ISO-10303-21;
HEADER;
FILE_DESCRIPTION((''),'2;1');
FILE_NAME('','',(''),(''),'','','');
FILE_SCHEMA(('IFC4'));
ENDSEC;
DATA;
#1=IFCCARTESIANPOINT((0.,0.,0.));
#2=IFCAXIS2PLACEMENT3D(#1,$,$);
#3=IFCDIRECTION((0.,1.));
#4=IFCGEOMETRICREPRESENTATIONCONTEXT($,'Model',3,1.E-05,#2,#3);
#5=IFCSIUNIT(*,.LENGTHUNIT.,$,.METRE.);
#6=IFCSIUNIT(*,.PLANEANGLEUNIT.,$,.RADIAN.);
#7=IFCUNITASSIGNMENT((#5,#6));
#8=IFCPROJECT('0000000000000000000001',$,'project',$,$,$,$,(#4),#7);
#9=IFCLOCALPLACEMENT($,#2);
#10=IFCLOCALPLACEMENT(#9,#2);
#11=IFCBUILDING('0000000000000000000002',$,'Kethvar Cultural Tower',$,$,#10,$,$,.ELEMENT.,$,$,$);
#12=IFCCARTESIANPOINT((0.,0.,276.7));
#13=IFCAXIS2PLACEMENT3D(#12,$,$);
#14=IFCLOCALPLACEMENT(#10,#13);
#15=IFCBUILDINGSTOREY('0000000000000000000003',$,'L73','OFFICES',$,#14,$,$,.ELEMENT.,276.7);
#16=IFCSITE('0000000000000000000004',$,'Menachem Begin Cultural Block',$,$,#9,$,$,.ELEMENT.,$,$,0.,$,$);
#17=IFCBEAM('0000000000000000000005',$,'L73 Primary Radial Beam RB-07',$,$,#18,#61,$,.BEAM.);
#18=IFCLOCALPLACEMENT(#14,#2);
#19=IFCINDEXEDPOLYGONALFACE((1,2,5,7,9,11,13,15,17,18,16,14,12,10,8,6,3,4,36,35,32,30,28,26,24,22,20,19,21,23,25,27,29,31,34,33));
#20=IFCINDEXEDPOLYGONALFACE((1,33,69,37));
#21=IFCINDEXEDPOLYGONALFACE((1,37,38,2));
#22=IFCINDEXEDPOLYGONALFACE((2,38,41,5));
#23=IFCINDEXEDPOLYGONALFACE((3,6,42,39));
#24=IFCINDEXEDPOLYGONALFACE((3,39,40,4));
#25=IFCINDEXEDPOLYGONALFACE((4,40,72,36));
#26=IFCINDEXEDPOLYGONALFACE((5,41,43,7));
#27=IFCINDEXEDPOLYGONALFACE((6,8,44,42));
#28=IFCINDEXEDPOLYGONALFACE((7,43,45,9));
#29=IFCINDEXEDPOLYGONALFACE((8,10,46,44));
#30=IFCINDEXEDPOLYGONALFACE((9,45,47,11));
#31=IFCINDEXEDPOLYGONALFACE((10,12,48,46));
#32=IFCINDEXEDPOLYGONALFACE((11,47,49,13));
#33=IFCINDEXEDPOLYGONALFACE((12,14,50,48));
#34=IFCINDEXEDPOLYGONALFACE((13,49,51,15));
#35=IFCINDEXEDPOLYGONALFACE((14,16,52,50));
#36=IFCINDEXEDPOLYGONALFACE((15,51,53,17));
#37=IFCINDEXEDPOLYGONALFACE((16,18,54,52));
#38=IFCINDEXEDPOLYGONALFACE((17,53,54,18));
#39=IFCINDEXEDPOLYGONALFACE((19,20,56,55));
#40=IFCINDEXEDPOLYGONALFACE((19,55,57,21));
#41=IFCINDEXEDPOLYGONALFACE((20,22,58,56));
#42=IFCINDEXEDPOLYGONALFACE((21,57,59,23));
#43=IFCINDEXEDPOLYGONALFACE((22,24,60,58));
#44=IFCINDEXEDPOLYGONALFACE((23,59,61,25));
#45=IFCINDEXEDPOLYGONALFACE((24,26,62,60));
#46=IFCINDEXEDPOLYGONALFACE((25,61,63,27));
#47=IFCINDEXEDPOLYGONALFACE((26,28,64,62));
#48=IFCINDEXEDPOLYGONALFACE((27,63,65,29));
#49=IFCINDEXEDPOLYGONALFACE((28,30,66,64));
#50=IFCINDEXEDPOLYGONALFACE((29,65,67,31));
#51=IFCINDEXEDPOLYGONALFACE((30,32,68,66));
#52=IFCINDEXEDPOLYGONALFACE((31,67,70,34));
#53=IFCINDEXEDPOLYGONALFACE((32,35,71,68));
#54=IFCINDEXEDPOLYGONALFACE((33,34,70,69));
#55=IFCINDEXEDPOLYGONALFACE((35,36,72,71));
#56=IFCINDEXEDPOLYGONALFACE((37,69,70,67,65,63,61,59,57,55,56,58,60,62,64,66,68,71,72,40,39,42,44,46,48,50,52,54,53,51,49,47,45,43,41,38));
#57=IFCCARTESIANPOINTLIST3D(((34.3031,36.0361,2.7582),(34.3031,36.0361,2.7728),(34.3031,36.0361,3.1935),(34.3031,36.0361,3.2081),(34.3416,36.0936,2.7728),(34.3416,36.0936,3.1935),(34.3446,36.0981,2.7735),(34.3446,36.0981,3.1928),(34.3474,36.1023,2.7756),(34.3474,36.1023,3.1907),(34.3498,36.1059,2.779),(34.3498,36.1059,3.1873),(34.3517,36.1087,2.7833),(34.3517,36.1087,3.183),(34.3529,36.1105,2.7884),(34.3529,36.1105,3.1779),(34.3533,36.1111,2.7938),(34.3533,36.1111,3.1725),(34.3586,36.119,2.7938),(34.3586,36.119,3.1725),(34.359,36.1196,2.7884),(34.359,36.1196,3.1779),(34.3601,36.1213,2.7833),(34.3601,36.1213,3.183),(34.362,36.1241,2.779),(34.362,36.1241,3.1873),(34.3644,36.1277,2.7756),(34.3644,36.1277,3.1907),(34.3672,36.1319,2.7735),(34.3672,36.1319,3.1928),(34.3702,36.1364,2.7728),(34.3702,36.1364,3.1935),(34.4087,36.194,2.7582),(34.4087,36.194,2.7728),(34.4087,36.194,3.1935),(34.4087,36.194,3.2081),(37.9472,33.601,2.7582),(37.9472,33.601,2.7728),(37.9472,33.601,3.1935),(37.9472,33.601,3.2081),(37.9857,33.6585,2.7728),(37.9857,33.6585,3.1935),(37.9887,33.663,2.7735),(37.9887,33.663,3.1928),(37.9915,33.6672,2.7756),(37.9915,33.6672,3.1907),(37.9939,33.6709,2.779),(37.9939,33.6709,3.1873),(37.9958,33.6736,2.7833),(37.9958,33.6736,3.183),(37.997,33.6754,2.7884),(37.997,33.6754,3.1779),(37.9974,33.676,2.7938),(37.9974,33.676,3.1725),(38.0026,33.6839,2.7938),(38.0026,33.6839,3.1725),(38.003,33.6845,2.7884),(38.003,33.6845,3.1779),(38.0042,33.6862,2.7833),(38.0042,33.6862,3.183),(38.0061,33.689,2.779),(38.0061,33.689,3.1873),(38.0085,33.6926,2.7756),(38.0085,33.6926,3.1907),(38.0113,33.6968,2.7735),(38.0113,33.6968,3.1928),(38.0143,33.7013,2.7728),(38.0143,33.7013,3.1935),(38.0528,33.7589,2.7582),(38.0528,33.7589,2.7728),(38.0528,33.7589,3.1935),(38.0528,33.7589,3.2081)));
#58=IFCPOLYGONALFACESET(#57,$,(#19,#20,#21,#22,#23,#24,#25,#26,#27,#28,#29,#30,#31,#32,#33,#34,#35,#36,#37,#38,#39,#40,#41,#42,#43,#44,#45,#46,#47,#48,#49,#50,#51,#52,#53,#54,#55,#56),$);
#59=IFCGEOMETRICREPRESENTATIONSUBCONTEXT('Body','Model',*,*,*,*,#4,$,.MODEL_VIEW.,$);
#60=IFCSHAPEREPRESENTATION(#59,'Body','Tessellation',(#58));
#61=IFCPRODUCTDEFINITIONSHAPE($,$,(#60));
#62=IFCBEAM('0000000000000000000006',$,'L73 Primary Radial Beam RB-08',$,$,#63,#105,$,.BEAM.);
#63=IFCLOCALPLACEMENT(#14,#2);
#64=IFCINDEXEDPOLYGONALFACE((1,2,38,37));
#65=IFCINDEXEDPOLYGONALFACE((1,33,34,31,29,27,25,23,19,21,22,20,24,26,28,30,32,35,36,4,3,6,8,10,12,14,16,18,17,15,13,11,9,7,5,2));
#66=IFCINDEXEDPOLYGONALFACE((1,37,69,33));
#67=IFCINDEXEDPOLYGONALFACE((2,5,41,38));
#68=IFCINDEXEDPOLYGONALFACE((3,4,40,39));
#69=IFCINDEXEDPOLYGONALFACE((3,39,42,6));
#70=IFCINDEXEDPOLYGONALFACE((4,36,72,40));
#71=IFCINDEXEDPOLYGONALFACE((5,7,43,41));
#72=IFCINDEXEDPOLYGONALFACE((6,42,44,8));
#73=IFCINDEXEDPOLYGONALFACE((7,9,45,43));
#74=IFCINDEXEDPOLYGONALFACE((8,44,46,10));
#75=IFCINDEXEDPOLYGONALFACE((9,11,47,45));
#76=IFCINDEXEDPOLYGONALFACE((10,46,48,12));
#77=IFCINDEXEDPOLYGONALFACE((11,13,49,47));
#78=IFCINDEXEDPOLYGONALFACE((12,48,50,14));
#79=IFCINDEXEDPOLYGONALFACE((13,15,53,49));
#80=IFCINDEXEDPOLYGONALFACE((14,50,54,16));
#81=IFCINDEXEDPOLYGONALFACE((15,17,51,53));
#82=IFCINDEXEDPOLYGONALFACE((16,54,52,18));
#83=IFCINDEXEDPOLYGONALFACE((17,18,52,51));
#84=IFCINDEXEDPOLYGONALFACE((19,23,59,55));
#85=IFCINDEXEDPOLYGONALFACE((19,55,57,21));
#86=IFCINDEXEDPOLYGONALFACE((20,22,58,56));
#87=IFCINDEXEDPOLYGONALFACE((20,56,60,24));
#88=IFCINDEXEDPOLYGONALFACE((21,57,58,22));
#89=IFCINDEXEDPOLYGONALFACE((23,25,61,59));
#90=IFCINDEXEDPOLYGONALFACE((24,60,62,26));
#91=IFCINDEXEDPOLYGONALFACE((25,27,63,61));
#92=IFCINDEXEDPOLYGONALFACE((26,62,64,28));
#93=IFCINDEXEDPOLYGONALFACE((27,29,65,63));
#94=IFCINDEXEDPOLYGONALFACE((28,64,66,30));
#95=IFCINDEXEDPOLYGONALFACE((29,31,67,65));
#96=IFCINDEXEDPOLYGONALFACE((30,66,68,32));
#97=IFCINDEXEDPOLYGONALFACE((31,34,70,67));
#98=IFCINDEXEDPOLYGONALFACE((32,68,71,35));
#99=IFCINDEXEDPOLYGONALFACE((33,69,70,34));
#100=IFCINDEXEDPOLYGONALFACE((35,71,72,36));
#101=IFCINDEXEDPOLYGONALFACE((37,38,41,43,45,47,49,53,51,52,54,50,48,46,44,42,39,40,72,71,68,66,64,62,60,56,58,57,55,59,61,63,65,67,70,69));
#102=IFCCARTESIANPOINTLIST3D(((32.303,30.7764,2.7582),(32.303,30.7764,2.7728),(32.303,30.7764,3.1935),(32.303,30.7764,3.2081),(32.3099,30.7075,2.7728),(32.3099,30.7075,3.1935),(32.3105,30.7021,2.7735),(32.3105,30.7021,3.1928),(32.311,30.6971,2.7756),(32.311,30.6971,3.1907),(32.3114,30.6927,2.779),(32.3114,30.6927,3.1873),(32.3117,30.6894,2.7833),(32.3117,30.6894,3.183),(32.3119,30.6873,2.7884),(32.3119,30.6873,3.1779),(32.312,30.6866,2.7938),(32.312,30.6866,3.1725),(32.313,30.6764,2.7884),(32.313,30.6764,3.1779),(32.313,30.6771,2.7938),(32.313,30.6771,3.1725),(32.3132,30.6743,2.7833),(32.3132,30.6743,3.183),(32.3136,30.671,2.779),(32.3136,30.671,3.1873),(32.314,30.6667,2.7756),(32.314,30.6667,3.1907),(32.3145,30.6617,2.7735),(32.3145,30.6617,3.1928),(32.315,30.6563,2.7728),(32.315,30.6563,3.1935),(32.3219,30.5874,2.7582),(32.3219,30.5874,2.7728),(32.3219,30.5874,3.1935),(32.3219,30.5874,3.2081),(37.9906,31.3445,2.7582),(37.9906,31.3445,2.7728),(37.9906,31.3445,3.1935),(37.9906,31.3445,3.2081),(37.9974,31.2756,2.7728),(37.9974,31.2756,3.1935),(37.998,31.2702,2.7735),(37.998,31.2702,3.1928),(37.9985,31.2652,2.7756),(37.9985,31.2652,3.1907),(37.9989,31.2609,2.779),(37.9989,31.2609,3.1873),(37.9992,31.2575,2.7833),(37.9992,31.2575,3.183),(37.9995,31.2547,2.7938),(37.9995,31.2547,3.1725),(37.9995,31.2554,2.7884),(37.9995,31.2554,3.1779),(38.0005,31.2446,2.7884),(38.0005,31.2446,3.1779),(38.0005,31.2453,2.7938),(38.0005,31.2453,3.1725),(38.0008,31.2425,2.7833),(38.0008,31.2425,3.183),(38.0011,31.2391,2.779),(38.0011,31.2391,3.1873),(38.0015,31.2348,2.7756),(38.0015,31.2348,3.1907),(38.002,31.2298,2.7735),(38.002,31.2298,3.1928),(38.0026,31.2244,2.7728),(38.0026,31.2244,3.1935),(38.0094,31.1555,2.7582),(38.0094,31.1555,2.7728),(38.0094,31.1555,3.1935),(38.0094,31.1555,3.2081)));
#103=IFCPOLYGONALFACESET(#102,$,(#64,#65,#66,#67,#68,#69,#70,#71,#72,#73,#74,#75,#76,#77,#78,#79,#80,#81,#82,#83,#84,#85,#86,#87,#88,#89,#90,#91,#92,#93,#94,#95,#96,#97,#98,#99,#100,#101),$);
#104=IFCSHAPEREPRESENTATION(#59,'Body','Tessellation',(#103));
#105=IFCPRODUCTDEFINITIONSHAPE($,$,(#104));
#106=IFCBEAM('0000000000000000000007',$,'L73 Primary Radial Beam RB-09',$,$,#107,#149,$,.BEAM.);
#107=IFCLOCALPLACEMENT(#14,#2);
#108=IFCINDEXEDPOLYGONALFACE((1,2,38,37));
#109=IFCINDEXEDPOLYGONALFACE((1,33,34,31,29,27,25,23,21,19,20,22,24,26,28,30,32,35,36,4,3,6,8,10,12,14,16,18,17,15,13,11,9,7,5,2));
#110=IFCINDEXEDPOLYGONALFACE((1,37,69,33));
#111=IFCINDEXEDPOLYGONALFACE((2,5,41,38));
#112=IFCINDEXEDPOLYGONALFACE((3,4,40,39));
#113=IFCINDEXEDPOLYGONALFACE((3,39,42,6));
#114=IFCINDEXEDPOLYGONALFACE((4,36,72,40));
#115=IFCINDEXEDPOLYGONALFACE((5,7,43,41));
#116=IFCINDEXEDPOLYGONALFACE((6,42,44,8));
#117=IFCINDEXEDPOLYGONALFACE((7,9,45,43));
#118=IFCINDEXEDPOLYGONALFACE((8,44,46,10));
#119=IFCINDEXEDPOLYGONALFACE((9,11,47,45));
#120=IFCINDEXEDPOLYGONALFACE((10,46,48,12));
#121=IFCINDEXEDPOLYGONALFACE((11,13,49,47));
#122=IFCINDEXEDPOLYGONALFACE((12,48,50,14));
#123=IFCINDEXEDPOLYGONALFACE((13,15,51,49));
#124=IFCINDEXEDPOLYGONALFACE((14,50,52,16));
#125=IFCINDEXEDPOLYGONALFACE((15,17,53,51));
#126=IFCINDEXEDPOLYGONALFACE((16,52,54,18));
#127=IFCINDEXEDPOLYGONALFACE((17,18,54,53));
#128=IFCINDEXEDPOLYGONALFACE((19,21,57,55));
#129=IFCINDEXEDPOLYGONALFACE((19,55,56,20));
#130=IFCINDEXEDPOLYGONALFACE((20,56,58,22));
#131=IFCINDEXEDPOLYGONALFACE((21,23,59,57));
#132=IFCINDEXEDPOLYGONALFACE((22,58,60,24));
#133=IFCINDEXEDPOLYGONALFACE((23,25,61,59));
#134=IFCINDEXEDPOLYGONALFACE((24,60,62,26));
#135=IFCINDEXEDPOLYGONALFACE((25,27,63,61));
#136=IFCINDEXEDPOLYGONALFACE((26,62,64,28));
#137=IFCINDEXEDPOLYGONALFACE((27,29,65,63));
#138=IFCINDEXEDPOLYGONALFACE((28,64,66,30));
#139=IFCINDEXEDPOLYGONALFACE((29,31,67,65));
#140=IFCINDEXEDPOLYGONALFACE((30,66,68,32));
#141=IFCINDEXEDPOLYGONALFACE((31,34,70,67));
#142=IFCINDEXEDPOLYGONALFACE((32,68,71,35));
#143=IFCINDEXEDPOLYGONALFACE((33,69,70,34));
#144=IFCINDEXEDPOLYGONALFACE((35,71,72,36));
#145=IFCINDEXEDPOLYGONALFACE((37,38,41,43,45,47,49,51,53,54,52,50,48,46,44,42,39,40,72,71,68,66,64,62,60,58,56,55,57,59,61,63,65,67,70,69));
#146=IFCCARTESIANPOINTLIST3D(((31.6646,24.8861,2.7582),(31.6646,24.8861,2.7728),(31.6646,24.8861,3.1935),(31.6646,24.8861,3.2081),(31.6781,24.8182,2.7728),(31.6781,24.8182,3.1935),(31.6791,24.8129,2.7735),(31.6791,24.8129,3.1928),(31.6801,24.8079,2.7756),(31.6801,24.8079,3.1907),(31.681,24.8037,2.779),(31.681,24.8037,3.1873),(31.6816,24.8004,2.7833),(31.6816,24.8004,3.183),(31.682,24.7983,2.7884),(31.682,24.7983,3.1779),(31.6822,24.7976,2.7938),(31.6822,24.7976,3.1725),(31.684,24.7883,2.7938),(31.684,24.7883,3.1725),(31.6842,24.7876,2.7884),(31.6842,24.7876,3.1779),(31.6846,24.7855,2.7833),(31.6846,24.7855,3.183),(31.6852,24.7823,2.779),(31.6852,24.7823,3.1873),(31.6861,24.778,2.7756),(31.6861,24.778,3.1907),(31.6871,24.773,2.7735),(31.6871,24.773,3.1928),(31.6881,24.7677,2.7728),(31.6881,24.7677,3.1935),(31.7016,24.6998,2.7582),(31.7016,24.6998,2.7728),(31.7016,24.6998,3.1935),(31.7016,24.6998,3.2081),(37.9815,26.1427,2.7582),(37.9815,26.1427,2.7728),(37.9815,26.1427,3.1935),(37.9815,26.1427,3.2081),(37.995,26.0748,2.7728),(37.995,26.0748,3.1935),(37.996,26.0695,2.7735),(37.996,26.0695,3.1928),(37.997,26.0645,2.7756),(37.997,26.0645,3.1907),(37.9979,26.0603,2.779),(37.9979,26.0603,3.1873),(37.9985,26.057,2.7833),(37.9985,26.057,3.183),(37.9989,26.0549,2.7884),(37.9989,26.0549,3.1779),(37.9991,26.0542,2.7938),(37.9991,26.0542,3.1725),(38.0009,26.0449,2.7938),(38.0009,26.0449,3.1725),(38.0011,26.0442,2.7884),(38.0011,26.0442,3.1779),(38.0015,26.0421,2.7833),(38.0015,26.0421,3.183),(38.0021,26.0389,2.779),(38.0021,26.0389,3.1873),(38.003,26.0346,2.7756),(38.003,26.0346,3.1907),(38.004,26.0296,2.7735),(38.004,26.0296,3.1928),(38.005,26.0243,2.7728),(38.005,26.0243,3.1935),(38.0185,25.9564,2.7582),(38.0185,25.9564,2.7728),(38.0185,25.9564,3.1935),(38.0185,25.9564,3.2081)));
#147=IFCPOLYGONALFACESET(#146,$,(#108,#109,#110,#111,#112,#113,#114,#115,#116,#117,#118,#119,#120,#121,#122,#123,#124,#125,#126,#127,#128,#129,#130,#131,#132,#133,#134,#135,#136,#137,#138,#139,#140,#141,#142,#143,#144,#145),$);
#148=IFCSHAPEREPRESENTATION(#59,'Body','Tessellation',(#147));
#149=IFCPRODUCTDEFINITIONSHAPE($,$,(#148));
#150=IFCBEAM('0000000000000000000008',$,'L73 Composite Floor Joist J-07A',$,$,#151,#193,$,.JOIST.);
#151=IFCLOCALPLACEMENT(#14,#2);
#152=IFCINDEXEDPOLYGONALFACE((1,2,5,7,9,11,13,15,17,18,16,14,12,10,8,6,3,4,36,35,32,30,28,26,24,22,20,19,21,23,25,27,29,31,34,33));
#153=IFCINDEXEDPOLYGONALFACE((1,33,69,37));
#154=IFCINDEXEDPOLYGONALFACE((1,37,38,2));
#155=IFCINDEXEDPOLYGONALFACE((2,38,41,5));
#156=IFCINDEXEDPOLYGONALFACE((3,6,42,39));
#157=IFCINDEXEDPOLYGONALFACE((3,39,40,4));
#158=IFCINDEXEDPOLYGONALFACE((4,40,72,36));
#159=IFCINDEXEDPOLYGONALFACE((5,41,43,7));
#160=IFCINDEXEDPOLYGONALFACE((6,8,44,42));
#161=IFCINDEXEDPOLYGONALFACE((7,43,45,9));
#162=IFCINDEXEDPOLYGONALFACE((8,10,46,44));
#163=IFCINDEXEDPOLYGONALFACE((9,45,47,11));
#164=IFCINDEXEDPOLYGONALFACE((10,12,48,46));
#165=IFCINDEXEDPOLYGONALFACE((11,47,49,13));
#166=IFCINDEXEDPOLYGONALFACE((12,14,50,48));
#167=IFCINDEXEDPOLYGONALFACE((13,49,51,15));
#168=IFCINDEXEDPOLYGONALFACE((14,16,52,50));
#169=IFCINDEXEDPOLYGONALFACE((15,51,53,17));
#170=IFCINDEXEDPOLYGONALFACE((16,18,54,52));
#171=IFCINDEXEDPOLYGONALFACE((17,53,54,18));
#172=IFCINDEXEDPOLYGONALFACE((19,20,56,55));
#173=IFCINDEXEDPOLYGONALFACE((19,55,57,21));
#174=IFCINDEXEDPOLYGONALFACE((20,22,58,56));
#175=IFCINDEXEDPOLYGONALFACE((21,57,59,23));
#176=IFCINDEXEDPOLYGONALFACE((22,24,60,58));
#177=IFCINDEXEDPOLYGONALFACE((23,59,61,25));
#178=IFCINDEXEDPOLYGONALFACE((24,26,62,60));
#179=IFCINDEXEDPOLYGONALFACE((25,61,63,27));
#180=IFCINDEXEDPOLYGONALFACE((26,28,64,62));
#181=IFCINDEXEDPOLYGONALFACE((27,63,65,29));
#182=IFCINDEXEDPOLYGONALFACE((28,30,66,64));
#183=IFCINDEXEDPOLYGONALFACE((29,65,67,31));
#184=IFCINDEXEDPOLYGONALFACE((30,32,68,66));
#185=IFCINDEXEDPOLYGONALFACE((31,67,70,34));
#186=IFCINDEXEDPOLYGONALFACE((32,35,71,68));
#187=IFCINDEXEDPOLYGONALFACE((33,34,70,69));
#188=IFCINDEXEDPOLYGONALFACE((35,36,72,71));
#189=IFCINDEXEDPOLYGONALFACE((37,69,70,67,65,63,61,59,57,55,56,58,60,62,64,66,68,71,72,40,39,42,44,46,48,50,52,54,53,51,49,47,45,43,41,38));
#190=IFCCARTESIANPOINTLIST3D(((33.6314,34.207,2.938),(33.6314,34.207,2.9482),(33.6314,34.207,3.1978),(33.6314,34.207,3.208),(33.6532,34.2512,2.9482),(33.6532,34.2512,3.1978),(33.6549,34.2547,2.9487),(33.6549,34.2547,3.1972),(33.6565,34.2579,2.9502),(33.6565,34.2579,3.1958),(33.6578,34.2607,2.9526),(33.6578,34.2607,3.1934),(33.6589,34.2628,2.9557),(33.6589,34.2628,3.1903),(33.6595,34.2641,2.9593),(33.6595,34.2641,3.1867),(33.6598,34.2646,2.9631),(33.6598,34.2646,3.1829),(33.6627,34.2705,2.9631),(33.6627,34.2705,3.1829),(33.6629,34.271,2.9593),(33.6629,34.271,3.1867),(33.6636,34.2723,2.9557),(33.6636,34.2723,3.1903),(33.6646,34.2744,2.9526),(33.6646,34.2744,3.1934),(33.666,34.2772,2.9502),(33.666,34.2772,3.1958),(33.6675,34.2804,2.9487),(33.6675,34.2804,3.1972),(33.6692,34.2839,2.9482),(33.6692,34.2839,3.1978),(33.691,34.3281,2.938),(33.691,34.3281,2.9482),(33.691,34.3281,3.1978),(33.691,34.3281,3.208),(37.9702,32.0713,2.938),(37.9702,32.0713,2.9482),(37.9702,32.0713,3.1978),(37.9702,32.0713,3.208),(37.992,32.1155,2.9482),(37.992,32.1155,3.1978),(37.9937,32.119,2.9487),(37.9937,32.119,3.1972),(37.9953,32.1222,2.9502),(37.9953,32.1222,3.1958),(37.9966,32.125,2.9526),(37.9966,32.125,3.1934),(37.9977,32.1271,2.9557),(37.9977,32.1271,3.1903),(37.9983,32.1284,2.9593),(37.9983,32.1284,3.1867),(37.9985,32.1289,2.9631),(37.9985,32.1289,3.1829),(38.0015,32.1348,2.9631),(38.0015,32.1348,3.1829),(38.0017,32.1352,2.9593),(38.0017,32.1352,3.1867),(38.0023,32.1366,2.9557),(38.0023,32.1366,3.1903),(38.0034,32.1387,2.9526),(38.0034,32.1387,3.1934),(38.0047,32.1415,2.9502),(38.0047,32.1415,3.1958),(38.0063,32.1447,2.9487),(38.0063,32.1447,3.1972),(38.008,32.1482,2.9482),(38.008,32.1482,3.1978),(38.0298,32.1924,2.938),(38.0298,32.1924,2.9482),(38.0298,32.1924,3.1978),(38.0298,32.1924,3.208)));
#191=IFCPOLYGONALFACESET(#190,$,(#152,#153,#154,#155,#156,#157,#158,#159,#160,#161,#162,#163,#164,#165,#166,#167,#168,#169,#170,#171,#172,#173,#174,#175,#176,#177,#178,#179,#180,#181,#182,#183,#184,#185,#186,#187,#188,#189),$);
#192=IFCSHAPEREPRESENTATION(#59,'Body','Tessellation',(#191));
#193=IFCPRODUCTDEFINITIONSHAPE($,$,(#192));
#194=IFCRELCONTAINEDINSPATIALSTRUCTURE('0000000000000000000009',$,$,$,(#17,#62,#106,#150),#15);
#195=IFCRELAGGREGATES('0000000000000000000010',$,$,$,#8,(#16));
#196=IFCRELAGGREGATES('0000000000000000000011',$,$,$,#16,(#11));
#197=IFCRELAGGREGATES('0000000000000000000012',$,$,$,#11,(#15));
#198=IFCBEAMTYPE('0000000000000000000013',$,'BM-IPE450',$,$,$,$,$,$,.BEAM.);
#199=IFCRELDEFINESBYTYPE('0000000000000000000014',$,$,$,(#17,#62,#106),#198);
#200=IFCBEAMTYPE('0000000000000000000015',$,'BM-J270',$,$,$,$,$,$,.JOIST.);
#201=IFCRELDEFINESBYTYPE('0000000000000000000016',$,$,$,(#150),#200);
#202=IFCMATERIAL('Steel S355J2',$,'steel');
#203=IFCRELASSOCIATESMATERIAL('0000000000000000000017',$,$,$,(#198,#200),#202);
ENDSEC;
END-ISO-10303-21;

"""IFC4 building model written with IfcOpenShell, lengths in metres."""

from ifc_helpers import new_model, si_unit, direction, frame, origin, origin_2d, place, context, subcontext, project, spatial, i_section, extrude, source, transform, mapped, material, material_profile, profile_set, type_object, element, save


model = new_model("IFC4")

# Units and contexts
model_context = context("Model", 3, precision=1e-05, world=origin(), true_north=direction((0.0, 1.0)))
body_context = subcontext(model_context, "Body", "Model", "MODEL_VIEW")
ifc_project = project(units=[si_unit("LENGTHUNIT", "METRE"), si_unit("PLANEANGLEUNIT", "RADIAN")], contexts=[model_context])

# Site, building, storey
site_placement = place(None, origin())
site = spatial("IfcSite", under=ifc_project, at=site_placement, Name="Menachem Begin Cultural Block", CompositionType="ELEMENT", RefElevation=0.0)
building_placement = place(site_placement, origin())
building = spatial("IfcBuilding", under=site, at=building_placement, Name="Kethvar Cultural Tower", CompositionType="ELEMENT")
storey_placement = place(building_placement, frame((0.0, 0.0, 276.7)))
storey = spatial("IfcBuildingStorey", under=building, at=storey_placement, Name="L73", Description="OFFICES", CompositionType="ELEMENT", Elevation=276.7)

# Beams
ifc_material_1 = material(Name="Steel S355J2", Category="steel")
ifc_material_profile_1 = material_profile(ifc_material_1, i_section(OverallWidth=0.1899, OverallDepth=0.45, WebThickness=0.0095, FlangeThickness=0.0146, FilletRadius=0.021, at=origin_2d()), Name="Steel S355J2 — IPE450")
ifc_profile_set_1 = profile_set([ifc_material_profile_1], Name="Steel S355J2 — IPE450")
beam_type_1 = type_object("IfcBeamType", Name="BM-IPE450", PredefinedType="BEAM", material=ifc_profile_set_1)
shared_shape_1 = source(origin(), body_context, "Body", "SweptSolid", [
    extrude(i_section(OverallWidth=0.1899, OverallDepth=0.45, WebThickness=0.0095, FlangeThickness=0.0146, FilletRadius=0.021, at=origin_2d()), origin(), (0.0, 0.0, 1.0), 4.3828),
])
beam_1_placement = place(storey_placement, frame((38.0, 33.6799, 2.9832), z_axis=(-0.83145, 0.5556, 0.0), x_axis=(-0.5556, -0.83145, 0.0)))
element("IfcBeam", 1, at=beam_1_placement, inside=storey, type_object=beam_type_1, Name="L73 Primary Radial Beam RB-07", PredefinedType="BEAM", context=body_context, shape_type="MappedRepresentation", body=[
    mapped(shared_shape_1, transform((0.0, 0.0, 0.0), scale=1.0)),
])
shared_shape_2 = source(origin(), body_context, "Body", "SweptSolid", [
    extrude(i_section(OverallWidth=0.1899, OverallDepth=0.45, WebThickness=0.0095, FlangeThickness=0.0146, FilletRadius=0.021, at=origin_2d()), origin(), (0.0, 0.0, 1.0), 5.7158),
])
beam_2_placement = place(storey_placement, frame((38.0, 31.25, 2.9832), z_axis=(-0.995048, -0.099394, 0.0), x_axis=(0.099394, -0.995048, 0.0)))
element("IfcBeam", 2, at=beam_2_placement, inside=storey, type_object=beam_type_1, Name="L73 Primary Radial Beam RB-08", PredefinedType="BEAM", context=body_context, shape_type="MappedRepresentation", body=[
    mapped(shared_shape_2, transform((0.0, 0.0, 0.0), scale=1.0)),
])
shared_shape_3 = source(origin(), body_context, "Body", "SweptSolid", [
    extrude(i_section(OverallWidth=0.1899, OverallDepth=0.45, WebThickness=0.0095, FlangeThickness=0.0146, FilletRadius=0.021, at=origin_2d()), origin(), (0.0, 0.0, 1.0), 6.4407),
])
beam_3_placement = place(storey_placement, frame((38.0, 26.0496, 2.9832), z_axis=(-0.980783, -0.195103, 0.0), x_axis=(0.195103, -0.980783, 0.0)))
element("IfcBeam", 3, at=beam_3_placement, inside=storey, type_object=beam_type_1, Name="L73 Primary Radial Beam RB-09", PredefinedType="BEAM", context=body_context, shape_type="MappedRepresentation", body=[
    mapped(shared_shape_3, transform((0.0, 0.0, 0.0), scale=1.0)),
])
ifc_material_profile_2 = material_profile(ifc_material_1, i_section(OverallWidth=0.135, OverallDepth=0.27, WebThickness=0.0066, FlangeThickness=0.0103, FilletRadius=0.0149, at=origin_2d()), Name="Steel S355J2 — IPE270")
ifc_profile_set_2 = profile_set([ifc_material_profile_2], Name="Steel S355J2 — IPE270")
beam_type_2 = type_object("IfcBeamType", Name="BM-J270", PredefinedType="JOIST", material=ifc_profile_set_2)
shared_shape_4 = source(origin(), body_context, "Body", "SweptSolid", [
    extrude(i_section(OverallWidth=0.135, OverallDepth=0.27, WebThickness=0.0066, FlangeThickness=0.0103, FilletRadius=0.0149, at=origin_2d()), origin(), (0.0, 0.0, 1.0), 4.8359),
])
beam_4_placement = place(storey_placement, frame((38.0, 32.1318, 3.073), z_axis=(-0.897197, 0.441632, 0.0), x_axis=(-0.441632, -0.897197, 0.0)))
element("IfcBeam", 4, at=beam_4_placement, inside=storey, type_object=beam_type_2, Name="L73 Composite Floor Joist J-07A", PredefinedType="JOIST", context=body_context, shape_type="MappedRepresentation", body=[
    mapped(shared_shape_4, transform((0.0, 0.0, 0.0), scale=1.0)),
])

save(model, "model.ifc")
